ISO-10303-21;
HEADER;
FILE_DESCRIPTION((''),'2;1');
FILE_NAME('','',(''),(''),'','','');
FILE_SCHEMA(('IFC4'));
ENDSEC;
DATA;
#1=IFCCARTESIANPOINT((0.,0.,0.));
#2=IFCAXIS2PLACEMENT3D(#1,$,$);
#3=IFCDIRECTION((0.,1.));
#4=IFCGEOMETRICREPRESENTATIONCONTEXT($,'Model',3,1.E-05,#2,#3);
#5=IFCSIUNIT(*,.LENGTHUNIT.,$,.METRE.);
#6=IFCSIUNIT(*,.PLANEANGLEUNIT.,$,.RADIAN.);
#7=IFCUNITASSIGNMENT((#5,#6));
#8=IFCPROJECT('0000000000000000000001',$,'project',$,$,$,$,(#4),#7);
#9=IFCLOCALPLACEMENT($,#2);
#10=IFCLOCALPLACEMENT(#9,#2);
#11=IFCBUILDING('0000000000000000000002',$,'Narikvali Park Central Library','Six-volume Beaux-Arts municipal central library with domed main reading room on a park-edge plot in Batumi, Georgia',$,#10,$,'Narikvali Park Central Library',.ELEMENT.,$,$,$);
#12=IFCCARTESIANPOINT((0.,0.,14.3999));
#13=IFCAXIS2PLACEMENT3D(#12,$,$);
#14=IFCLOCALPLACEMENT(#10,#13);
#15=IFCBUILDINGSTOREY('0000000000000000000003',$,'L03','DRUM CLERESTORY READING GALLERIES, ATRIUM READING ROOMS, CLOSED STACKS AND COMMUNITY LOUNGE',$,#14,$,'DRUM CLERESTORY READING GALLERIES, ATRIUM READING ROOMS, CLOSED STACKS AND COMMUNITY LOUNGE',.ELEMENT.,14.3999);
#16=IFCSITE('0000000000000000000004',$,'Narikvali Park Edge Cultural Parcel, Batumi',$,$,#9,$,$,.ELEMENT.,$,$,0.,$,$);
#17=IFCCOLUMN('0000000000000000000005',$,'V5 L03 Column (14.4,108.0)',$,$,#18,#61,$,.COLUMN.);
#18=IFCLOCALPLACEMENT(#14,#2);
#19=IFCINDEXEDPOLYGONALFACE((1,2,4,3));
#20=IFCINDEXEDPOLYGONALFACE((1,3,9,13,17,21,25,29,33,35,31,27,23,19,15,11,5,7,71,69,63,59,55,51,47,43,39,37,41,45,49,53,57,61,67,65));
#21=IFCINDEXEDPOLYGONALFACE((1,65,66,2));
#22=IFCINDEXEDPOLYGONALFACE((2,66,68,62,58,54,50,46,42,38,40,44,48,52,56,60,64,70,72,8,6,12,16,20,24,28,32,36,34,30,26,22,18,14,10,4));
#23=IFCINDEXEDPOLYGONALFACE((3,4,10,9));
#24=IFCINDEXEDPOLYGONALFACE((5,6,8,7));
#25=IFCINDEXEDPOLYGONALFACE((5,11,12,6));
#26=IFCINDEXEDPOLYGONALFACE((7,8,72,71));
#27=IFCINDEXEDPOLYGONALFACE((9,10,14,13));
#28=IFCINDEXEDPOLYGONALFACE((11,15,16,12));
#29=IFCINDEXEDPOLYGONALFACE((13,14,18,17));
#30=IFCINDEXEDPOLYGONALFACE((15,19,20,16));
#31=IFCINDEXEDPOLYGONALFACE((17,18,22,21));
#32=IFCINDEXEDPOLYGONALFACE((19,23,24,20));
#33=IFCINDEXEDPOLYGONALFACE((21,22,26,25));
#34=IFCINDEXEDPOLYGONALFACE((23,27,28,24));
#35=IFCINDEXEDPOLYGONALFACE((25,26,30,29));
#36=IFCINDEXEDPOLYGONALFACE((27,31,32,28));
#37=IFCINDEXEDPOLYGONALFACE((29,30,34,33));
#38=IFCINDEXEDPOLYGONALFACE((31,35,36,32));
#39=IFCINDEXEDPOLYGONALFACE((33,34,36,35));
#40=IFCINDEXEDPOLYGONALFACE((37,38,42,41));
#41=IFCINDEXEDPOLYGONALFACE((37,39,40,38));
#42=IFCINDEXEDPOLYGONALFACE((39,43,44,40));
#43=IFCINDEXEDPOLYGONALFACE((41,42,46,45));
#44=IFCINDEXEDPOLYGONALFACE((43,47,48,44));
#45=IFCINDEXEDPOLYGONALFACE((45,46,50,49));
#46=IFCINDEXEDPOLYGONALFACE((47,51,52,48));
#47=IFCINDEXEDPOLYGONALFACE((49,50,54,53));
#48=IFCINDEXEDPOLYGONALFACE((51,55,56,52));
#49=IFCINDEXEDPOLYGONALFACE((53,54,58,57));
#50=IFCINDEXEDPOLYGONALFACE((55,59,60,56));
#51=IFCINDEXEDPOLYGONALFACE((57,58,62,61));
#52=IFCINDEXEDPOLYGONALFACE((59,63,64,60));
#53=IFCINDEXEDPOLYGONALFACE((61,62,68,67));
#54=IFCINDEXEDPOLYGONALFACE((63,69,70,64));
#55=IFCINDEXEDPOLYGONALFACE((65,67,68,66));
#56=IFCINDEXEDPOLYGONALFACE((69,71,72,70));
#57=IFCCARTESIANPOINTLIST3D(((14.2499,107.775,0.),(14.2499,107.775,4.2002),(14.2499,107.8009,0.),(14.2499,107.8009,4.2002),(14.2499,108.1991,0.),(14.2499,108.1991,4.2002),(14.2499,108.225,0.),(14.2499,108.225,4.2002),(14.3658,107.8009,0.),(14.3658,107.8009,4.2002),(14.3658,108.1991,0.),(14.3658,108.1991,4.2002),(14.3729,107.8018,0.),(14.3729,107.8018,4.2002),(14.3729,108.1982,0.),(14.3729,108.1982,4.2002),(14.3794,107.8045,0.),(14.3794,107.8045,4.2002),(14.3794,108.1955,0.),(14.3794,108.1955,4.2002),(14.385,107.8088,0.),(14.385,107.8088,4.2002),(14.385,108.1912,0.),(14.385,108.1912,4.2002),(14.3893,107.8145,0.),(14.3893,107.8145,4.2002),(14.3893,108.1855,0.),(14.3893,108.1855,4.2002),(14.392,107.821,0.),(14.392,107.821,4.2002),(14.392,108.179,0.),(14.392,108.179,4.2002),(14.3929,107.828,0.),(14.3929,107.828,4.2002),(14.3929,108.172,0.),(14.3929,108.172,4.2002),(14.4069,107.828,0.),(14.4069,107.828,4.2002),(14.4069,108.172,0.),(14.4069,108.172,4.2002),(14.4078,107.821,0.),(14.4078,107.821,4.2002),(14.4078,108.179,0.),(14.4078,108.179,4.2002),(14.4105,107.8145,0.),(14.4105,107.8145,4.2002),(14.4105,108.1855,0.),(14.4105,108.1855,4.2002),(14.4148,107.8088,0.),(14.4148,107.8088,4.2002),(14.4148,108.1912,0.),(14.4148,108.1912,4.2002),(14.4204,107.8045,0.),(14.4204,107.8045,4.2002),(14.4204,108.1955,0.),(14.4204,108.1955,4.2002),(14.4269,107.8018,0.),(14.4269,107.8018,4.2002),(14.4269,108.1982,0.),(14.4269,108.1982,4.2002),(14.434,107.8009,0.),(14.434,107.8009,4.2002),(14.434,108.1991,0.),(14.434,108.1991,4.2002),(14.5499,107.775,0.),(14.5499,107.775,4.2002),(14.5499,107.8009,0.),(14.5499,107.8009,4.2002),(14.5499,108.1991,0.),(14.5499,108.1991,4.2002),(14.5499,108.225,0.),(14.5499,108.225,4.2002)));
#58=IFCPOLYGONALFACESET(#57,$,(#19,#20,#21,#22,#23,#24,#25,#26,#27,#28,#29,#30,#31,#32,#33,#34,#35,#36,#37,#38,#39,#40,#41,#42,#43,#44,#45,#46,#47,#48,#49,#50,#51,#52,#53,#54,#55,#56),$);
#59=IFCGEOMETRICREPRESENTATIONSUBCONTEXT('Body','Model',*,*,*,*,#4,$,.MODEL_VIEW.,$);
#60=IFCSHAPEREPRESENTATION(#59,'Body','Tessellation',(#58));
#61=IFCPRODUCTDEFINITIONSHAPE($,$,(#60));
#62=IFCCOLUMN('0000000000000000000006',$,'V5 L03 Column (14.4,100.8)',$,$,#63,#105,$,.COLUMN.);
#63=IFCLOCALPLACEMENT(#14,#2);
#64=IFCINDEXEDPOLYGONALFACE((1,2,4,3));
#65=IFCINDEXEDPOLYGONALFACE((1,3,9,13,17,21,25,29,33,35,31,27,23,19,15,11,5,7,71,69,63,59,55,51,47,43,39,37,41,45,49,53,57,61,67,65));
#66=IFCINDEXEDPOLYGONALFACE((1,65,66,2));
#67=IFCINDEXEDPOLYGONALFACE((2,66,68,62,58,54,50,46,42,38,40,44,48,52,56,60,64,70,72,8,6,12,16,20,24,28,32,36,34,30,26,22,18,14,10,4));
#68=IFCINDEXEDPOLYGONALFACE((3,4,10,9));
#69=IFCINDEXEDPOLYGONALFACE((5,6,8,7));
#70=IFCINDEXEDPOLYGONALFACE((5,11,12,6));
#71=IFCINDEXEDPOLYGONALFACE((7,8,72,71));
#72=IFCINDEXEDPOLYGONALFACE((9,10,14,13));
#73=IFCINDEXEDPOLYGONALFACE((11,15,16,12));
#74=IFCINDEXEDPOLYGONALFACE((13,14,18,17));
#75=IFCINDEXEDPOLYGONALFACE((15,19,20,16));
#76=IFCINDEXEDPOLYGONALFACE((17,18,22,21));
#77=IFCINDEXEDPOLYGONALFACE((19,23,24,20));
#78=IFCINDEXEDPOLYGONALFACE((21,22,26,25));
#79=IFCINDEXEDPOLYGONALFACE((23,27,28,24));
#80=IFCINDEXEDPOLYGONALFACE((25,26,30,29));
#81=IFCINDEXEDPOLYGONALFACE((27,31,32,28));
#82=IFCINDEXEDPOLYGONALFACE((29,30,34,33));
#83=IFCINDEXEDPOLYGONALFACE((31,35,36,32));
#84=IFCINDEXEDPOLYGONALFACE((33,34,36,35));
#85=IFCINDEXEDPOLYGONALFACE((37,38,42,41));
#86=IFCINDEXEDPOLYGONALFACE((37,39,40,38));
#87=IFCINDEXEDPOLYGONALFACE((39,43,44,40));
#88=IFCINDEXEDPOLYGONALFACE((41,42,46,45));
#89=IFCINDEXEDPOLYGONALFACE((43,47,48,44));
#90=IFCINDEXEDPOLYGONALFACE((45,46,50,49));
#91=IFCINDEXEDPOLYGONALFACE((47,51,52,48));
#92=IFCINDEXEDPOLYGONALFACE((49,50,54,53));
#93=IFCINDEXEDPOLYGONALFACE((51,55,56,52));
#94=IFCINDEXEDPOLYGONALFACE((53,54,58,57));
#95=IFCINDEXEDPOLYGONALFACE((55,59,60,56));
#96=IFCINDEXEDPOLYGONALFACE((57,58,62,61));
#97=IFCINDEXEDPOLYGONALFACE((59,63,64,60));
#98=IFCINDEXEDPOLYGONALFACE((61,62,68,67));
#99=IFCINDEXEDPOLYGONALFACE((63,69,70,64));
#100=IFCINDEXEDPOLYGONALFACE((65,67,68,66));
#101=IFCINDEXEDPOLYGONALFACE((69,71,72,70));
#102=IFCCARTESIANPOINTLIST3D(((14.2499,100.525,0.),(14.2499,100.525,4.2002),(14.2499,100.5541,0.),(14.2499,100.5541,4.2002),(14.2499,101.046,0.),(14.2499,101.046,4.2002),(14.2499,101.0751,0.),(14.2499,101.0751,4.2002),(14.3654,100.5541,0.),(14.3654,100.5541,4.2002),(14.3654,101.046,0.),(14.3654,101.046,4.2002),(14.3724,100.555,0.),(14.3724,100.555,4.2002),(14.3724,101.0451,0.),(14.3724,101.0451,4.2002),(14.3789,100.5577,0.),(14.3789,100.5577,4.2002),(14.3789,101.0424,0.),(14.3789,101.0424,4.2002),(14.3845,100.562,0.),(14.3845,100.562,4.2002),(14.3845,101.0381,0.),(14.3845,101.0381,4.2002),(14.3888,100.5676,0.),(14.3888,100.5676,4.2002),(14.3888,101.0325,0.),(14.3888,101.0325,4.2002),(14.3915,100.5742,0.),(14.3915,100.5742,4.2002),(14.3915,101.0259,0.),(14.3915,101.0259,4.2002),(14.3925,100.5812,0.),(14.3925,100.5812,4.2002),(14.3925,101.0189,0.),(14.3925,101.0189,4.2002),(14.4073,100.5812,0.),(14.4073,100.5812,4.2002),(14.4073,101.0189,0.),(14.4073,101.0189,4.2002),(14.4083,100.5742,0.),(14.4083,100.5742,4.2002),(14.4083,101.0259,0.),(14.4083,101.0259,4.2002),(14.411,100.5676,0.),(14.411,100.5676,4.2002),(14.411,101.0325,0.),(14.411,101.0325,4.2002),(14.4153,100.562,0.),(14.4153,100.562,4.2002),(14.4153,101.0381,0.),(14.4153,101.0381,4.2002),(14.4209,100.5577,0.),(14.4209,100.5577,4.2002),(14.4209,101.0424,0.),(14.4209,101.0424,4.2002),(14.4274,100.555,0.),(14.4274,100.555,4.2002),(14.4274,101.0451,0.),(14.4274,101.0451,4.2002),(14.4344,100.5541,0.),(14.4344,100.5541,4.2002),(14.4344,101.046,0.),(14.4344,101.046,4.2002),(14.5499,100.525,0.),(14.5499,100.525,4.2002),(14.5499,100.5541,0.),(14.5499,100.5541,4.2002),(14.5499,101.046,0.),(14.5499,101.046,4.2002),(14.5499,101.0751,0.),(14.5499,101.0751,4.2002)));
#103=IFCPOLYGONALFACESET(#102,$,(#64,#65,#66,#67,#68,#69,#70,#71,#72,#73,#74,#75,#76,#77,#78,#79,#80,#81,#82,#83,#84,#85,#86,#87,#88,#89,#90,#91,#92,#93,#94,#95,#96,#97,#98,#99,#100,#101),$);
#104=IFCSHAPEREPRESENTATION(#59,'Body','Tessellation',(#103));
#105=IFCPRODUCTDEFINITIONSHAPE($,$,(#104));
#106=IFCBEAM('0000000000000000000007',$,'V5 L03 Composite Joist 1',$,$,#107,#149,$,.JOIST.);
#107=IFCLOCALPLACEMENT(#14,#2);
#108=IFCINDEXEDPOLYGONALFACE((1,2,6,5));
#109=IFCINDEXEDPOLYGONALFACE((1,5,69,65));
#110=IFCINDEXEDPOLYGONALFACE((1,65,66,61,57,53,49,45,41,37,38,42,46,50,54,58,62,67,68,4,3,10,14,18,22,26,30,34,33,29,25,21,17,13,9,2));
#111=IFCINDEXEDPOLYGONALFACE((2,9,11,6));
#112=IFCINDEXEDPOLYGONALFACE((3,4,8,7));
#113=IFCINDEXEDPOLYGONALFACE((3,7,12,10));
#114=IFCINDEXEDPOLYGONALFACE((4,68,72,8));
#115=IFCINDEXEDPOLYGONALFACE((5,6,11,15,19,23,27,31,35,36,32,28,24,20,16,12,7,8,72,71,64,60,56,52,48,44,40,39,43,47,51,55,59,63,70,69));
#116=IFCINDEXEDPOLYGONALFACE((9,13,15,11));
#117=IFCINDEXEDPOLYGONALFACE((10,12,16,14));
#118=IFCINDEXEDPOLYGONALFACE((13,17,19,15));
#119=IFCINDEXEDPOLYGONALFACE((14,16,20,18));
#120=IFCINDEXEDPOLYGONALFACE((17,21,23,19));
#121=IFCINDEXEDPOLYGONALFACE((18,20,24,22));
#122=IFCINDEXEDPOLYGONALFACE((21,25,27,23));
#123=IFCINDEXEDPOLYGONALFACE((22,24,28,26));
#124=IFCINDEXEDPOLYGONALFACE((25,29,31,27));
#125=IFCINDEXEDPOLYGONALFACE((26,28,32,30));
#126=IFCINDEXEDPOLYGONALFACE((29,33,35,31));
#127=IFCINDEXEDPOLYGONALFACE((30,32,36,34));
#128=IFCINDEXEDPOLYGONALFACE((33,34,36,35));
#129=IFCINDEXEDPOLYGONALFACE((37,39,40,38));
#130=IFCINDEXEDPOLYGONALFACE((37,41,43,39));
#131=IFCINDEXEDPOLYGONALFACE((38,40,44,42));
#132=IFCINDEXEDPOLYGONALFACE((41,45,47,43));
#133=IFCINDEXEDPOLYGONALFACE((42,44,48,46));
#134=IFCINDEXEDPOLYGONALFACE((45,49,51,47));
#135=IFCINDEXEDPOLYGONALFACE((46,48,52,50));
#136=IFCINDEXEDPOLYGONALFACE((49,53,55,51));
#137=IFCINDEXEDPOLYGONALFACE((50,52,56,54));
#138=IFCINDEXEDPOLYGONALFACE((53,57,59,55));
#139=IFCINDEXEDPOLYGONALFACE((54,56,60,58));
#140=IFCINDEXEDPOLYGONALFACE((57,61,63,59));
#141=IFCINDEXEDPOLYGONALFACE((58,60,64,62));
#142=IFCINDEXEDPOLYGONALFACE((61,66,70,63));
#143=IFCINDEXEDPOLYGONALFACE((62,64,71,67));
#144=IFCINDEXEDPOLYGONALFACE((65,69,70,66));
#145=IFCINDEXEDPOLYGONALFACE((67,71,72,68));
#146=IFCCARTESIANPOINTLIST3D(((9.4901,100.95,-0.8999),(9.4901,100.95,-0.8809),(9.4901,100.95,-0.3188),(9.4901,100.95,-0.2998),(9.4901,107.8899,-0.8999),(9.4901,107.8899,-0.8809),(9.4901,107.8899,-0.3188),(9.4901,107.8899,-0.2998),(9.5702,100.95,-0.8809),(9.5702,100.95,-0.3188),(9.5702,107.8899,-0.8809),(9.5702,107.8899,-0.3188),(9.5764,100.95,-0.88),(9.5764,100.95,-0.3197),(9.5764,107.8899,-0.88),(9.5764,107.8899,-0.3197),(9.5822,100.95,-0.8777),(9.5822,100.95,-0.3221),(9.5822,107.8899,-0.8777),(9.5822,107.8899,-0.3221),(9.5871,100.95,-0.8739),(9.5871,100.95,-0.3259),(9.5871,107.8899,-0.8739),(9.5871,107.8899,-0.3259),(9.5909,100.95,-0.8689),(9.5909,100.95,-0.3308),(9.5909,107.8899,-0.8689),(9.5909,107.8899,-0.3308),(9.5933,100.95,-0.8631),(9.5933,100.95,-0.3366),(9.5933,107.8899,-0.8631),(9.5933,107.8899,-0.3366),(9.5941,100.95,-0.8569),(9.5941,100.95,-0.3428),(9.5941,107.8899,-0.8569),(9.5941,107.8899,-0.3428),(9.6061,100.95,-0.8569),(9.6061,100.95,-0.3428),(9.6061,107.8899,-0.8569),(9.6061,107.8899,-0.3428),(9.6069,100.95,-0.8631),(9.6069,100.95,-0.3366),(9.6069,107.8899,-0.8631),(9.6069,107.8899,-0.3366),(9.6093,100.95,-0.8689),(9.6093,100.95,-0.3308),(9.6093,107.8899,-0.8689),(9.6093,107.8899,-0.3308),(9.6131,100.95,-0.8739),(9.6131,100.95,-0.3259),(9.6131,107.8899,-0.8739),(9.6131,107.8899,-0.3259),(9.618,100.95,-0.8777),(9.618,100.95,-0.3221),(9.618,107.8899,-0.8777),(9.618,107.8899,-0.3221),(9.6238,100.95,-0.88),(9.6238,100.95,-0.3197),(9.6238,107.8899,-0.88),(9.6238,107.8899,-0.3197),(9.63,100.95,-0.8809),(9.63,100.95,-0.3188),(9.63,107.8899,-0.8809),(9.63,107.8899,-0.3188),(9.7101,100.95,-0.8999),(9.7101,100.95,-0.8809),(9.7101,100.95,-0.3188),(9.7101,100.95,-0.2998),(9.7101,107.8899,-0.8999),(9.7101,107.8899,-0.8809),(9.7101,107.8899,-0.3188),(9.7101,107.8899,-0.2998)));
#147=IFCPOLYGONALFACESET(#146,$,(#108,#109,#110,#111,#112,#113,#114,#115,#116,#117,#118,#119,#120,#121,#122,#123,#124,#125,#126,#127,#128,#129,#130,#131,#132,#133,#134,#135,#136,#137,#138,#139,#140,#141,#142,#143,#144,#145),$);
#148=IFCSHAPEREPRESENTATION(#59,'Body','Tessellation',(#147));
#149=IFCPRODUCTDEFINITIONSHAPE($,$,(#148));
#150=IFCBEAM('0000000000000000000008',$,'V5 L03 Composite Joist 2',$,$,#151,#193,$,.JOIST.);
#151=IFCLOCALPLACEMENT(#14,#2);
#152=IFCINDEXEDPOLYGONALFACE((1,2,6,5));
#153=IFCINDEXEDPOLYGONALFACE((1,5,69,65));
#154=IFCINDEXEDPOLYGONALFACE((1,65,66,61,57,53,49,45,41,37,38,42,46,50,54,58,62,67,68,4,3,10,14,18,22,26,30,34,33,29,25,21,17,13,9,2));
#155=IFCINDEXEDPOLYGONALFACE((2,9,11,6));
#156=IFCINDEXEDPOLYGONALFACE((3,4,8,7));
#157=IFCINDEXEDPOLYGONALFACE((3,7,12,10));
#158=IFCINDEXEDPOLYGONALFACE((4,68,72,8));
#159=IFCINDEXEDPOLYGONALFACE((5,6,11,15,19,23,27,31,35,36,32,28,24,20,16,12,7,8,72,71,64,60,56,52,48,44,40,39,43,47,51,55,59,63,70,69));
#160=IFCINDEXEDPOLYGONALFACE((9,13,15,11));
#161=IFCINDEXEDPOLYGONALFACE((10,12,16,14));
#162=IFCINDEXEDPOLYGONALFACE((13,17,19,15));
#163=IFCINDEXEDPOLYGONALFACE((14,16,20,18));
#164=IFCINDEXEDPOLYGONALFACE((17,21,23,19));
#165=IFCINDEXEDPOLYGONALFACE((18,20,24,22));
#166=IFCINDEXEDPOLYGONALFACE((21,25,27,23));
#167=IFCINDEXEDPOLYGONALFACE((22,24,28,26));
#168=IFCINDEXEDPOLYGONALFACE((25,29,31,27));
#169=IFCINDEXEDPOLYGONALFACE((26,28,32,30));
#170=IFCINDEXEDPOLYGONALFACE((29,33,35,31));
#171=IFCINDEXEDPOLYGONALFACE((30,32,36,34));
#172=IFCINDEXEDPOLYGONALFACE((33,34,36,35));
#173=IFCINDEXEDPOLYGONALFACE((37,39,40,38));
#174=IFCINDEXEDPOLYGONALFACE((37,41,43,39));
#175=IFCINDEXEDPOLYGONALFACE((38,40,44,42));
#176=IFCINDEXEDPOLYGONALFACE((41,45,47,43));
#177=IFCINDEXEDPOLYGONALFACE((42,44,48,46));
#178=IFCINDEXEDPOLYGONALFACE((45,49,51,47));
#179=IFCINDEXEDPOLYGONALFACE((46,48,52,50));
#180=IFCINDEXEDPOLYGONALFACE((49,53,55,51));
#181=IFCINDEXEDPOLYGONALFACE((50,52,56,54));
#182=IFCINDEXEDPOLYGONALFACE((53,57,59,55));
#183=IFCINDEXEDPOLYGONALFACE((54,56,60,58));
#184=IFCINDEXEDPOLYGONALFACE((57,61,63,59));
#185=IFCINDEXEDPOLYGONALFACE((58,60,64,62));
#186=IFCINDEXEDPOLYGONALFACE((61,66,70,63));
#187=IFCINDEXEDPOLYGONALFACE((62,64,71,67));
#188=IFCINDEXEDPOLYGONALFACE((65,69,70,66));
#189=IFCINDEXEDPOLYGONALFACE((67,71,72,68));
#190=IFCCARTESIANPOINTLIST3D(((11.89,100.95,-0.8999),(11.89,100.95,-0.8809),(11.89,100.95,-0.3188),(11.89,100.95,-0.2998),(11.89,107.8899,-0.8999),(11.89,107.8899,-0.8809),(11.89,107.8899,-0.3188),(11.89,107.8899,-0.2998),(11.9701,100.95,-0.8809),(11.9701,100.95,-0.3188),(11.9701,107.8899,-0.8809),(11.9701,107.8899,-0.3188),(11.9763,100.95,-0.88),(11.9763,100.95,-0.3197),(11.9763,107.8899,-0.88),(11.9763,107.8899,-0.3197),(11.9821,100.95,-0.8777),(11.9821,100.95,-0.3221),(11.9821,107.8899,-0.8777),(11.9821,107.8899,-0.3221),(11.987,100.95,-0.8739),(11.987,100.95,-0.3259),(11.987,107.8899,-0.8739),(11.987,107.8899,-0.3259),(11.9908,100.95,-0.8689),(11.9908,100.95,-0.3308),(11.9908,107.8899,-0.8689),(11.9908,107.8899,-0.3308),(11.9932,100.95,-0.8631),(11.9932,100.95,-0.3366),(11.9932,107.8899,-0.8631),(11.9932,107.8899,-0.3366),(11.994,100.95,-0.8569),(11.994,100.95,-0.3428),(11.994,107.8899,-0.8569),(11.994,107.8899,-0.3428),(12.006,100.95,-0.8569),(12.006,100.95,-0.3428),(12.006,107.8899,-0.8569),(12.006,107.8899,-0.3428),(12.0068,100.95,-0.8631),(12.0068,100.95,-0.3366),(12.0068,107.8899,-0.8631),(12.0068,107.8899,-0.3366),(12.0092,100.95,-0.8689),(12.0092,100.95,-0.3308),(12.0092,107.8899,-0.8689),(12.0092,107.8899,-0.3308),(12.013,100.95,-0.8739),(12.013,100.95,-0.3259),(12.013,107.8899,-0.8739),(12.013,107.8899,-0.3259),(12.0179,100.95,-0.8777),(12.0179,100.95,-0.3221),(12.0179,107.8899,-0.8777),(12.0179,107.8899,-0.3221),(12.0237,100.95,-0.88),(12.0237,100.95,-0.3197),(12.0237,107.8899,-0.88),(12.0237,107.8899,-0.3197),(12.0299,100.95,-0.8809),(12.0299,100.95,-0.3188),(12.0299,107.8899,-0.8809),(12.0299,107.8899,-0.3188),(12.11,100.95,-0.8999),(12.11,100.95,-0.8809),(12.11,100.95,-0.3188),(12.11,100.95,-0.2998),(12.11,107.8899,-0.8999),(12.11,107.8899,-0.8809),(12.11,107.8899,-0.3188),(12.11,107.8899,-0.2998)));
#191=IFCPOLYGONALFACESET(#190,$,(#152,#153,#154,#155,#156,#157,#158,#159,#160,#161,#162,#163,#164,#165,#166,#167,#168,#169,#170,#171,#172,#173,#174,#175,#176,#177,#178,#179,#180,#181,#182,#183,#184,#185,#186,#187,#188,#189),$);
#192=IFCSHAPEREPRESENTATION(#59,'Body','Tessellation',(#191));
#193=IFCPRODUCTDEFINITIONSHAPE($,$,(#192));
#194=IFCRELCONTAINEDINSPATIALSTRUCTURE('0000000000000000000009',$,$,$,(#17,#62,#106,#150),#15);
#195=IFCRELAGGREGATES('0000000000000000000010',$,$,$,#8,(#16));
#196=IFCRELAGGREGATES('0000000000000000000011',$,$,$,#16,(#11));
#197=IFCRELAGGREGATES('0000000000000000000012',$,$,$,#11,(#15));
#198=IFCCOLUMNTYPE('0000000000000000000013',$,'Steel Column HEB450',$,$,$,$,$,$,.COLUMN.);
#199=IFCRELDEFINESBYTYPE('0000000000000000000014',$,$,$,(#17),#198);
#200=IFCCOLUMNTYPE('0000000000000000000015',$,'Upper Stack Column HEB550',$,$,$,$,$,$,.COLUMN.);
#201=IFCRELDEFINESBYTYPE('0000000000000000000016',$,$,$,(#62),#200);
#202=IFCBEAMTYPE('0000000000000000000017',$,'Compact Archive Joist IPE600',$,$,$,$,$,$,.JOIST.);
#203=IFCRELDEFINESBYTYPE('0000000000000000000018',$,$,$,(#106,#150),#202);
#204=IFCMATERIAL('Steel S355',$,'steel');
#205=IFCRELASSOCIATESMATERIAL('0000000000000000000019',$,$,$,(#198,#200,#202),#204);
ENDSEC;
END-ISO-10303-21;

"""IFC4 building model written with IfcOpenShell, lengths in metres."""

from ifc_helpers import new_model, si_unit, direction, frame, origin, origin_2d, place, context, subcontext, project, spatial, i_section, extrude, material, material_profile, profile_set, type_object, element, save


model = new_model("IFC4")

# Units and contexts
model_context = context("Model", 3, precision=1e-05, world=origin(), true_north=direction((0.0, 1.0)))
body_context = subcontext(model_context, "Body", "Model", "MODEL_VIEW")
ifc_project = project(units=[si_unit("LENGTHUNIT", "METRE"), si_unit("PLANEANGLEUNIT", "RADIAN")], contexts=[model_context])

# Site, building, storey
site_placement = place(None, origin())
site = spatial("IfcSite", under=ifc_project, at=site_placement, Name="Narikvali Park Edge Cultural Parcel, Batumi", CompositionType="ELEMENT", RefElevation=0.0)
building_placement = place(site_placement, origin())
building = spatial("IfcBuilding", under=site, at=building_placement, Name="Narikvali Park Central Library", Description="Six-volume Beaux-Arts municipal central library with domed main reading room on a park-edge plot in Batumi, Georgia", LongName="Narikvali Park Central Library", CompositionType="ELEMENT")
storey_placement = place(building_placement, frame((0.0, 0.0, 14.3999)))
storey = spatial("IfcBuildingStorey", under=building, at=storey_placement, Name="L03", Description="DRUM CLERESTORY READING GALLERIES, ATRIUM READING ROOMS, CLOSED STACKS AND COMMUNITY LOUNGE", LongName="DRUM CLERESTORY READING GALLERIES, ATRIUM READING ROOMS, CLOSED STACKS AND COMMUNITY LOUNGE", CompositionType="ELEMENT", Elevation=14.3999)

# Columns
ifc_material_1 = material(Name="Steel S355", Category="steel")
ifc_material_profile_1 = material_profile(ifc_material_1, i_section(OverallWidth=0.3, OverallDepth=0.45, WebThickness=0.0139, FlangeThickness=0.0259, FilletRadius=0.0271, at=origin_2d()), Name="HEB 450")
ifc_profile_set_1 = profile_set([ifc_material_profile_1], Name="Steel S355")
column_type_1 = type_object("IfcColumnType", Name="Steel Column HEB450", PredefinedType="COLUMN", material=ifc_profile_set_1)
column_1_placement = place(storey_placement, frame((14.3999, 108.0, 0.0), z_axis=(0.0, 0.0, 1.0), x_axis=(1.0, 0.0, 0.0)))
element("IfcColumn", 1, at=column_1_placement, inside=storey, type_object=column_type_1, Name="V5 L03 Column (14.4,108.0)", PredefinedType="COLUMN", context=body_context, shape_type="SweptSolid", body=[
    extrude(i_section(OverallWidth=0.3, OverallDepth=0.45, WebThickness=0.0139, FlangeThickness=0.0259, FilletRadius=0.0271, at=origin_2d()), origin(), (0.0, 0.0, 1.0), 4.2002),
])
ifc_material_profile_2 = material_profile(ifc_material_1, i_section(OverallWidth=0.3, OverallDepth=0.55, WebThickness=0.0149, FlangeThickness=0.0291, FilletRadius=0.0271, at=origin_2d()), Name="HEB 550")
ifc_profile_set_2 = profile_set([ifc_material_profile_2], Name="Steel S355")
column_type_2 = type_object("IfcColumnType", Name="Upper Stack Column HEB550", PredefinedType="COLUMN", material=ifc_profile_set_2)
column_2_placement = place(storey_placement, frame((14.3999, 100.8, 0.0), z_axis=(0.0, 0.0, 1.0), x_axis=(1.0, 0.0, 0.0)))
element("IfcColumn", 2, at=column_2_placement, inside=storey, type_object=column_type_2, Name="V5 L03 Column (14.4,100.8)", PredefinedType="COLUMN", context=body_context, shape_type="SweptSolid", body=[
    extrude(i_section(OverallWidth=0.3, OverallDepth=0.55, WebThickness=0.0149, FlangeThickness=0.0291, FilletRadius=0.0271, at=origin_2d()), origin(), (0.0, 0.0, 1.0), 4.2002),
])

# Beams
ifc_material_profile_3 = material_profile(ifc_material_1, i_section(OverallWidth=0.22, OverallDepth=0.6001, WebThickness=0.012, FlangeThickness=0.019, FilletRadius=0.0239, at=origin_2d()), Name="IPE 600")
ifc_profile_set_3 = profile_set([ifc_material_profile_3], Name="Steel S355")
beam_type_1 = type_object("IfcBeamType", Name="Compact Archive Joist IPE600", PredefinedType="JOIST", material=ifc_profile_set_3)
for number, where, z_axis, x_axis, name in (
    (3, (9.6001, 100.95, -0.5999), (0.0, 1.0, 0.0), (-1.0, 0.0, 0.0), "V5 L03 Composite Joist 1"),
    (4, (12.0, 100.95, -0.5999), (0.0, 1.0, 0.0), (-1.0, 0.0, 0.0), "V5 L03 Composite Joist 2"),
):
    element("IfcBeam", number, at=place(storey_placement, frame(where, z_axis=z_axis, x_axis=x_axis)), inside=storey, type_object=beam_type_1, Name=name, PredefinedType="JOIST", context=body_context, shape_type="SweptSolid", body=[
        extrude(i_section(OverallWidth=0.22, OverallDepth=0.6001, WebThickness=0.012, FlangeThickness=0.019, FilletRadius=0.0239, at=origin_2d()), origin(), (0.0, 0.0, 1.0), 6.9399),
    ])

save(model, "model.ifc")
